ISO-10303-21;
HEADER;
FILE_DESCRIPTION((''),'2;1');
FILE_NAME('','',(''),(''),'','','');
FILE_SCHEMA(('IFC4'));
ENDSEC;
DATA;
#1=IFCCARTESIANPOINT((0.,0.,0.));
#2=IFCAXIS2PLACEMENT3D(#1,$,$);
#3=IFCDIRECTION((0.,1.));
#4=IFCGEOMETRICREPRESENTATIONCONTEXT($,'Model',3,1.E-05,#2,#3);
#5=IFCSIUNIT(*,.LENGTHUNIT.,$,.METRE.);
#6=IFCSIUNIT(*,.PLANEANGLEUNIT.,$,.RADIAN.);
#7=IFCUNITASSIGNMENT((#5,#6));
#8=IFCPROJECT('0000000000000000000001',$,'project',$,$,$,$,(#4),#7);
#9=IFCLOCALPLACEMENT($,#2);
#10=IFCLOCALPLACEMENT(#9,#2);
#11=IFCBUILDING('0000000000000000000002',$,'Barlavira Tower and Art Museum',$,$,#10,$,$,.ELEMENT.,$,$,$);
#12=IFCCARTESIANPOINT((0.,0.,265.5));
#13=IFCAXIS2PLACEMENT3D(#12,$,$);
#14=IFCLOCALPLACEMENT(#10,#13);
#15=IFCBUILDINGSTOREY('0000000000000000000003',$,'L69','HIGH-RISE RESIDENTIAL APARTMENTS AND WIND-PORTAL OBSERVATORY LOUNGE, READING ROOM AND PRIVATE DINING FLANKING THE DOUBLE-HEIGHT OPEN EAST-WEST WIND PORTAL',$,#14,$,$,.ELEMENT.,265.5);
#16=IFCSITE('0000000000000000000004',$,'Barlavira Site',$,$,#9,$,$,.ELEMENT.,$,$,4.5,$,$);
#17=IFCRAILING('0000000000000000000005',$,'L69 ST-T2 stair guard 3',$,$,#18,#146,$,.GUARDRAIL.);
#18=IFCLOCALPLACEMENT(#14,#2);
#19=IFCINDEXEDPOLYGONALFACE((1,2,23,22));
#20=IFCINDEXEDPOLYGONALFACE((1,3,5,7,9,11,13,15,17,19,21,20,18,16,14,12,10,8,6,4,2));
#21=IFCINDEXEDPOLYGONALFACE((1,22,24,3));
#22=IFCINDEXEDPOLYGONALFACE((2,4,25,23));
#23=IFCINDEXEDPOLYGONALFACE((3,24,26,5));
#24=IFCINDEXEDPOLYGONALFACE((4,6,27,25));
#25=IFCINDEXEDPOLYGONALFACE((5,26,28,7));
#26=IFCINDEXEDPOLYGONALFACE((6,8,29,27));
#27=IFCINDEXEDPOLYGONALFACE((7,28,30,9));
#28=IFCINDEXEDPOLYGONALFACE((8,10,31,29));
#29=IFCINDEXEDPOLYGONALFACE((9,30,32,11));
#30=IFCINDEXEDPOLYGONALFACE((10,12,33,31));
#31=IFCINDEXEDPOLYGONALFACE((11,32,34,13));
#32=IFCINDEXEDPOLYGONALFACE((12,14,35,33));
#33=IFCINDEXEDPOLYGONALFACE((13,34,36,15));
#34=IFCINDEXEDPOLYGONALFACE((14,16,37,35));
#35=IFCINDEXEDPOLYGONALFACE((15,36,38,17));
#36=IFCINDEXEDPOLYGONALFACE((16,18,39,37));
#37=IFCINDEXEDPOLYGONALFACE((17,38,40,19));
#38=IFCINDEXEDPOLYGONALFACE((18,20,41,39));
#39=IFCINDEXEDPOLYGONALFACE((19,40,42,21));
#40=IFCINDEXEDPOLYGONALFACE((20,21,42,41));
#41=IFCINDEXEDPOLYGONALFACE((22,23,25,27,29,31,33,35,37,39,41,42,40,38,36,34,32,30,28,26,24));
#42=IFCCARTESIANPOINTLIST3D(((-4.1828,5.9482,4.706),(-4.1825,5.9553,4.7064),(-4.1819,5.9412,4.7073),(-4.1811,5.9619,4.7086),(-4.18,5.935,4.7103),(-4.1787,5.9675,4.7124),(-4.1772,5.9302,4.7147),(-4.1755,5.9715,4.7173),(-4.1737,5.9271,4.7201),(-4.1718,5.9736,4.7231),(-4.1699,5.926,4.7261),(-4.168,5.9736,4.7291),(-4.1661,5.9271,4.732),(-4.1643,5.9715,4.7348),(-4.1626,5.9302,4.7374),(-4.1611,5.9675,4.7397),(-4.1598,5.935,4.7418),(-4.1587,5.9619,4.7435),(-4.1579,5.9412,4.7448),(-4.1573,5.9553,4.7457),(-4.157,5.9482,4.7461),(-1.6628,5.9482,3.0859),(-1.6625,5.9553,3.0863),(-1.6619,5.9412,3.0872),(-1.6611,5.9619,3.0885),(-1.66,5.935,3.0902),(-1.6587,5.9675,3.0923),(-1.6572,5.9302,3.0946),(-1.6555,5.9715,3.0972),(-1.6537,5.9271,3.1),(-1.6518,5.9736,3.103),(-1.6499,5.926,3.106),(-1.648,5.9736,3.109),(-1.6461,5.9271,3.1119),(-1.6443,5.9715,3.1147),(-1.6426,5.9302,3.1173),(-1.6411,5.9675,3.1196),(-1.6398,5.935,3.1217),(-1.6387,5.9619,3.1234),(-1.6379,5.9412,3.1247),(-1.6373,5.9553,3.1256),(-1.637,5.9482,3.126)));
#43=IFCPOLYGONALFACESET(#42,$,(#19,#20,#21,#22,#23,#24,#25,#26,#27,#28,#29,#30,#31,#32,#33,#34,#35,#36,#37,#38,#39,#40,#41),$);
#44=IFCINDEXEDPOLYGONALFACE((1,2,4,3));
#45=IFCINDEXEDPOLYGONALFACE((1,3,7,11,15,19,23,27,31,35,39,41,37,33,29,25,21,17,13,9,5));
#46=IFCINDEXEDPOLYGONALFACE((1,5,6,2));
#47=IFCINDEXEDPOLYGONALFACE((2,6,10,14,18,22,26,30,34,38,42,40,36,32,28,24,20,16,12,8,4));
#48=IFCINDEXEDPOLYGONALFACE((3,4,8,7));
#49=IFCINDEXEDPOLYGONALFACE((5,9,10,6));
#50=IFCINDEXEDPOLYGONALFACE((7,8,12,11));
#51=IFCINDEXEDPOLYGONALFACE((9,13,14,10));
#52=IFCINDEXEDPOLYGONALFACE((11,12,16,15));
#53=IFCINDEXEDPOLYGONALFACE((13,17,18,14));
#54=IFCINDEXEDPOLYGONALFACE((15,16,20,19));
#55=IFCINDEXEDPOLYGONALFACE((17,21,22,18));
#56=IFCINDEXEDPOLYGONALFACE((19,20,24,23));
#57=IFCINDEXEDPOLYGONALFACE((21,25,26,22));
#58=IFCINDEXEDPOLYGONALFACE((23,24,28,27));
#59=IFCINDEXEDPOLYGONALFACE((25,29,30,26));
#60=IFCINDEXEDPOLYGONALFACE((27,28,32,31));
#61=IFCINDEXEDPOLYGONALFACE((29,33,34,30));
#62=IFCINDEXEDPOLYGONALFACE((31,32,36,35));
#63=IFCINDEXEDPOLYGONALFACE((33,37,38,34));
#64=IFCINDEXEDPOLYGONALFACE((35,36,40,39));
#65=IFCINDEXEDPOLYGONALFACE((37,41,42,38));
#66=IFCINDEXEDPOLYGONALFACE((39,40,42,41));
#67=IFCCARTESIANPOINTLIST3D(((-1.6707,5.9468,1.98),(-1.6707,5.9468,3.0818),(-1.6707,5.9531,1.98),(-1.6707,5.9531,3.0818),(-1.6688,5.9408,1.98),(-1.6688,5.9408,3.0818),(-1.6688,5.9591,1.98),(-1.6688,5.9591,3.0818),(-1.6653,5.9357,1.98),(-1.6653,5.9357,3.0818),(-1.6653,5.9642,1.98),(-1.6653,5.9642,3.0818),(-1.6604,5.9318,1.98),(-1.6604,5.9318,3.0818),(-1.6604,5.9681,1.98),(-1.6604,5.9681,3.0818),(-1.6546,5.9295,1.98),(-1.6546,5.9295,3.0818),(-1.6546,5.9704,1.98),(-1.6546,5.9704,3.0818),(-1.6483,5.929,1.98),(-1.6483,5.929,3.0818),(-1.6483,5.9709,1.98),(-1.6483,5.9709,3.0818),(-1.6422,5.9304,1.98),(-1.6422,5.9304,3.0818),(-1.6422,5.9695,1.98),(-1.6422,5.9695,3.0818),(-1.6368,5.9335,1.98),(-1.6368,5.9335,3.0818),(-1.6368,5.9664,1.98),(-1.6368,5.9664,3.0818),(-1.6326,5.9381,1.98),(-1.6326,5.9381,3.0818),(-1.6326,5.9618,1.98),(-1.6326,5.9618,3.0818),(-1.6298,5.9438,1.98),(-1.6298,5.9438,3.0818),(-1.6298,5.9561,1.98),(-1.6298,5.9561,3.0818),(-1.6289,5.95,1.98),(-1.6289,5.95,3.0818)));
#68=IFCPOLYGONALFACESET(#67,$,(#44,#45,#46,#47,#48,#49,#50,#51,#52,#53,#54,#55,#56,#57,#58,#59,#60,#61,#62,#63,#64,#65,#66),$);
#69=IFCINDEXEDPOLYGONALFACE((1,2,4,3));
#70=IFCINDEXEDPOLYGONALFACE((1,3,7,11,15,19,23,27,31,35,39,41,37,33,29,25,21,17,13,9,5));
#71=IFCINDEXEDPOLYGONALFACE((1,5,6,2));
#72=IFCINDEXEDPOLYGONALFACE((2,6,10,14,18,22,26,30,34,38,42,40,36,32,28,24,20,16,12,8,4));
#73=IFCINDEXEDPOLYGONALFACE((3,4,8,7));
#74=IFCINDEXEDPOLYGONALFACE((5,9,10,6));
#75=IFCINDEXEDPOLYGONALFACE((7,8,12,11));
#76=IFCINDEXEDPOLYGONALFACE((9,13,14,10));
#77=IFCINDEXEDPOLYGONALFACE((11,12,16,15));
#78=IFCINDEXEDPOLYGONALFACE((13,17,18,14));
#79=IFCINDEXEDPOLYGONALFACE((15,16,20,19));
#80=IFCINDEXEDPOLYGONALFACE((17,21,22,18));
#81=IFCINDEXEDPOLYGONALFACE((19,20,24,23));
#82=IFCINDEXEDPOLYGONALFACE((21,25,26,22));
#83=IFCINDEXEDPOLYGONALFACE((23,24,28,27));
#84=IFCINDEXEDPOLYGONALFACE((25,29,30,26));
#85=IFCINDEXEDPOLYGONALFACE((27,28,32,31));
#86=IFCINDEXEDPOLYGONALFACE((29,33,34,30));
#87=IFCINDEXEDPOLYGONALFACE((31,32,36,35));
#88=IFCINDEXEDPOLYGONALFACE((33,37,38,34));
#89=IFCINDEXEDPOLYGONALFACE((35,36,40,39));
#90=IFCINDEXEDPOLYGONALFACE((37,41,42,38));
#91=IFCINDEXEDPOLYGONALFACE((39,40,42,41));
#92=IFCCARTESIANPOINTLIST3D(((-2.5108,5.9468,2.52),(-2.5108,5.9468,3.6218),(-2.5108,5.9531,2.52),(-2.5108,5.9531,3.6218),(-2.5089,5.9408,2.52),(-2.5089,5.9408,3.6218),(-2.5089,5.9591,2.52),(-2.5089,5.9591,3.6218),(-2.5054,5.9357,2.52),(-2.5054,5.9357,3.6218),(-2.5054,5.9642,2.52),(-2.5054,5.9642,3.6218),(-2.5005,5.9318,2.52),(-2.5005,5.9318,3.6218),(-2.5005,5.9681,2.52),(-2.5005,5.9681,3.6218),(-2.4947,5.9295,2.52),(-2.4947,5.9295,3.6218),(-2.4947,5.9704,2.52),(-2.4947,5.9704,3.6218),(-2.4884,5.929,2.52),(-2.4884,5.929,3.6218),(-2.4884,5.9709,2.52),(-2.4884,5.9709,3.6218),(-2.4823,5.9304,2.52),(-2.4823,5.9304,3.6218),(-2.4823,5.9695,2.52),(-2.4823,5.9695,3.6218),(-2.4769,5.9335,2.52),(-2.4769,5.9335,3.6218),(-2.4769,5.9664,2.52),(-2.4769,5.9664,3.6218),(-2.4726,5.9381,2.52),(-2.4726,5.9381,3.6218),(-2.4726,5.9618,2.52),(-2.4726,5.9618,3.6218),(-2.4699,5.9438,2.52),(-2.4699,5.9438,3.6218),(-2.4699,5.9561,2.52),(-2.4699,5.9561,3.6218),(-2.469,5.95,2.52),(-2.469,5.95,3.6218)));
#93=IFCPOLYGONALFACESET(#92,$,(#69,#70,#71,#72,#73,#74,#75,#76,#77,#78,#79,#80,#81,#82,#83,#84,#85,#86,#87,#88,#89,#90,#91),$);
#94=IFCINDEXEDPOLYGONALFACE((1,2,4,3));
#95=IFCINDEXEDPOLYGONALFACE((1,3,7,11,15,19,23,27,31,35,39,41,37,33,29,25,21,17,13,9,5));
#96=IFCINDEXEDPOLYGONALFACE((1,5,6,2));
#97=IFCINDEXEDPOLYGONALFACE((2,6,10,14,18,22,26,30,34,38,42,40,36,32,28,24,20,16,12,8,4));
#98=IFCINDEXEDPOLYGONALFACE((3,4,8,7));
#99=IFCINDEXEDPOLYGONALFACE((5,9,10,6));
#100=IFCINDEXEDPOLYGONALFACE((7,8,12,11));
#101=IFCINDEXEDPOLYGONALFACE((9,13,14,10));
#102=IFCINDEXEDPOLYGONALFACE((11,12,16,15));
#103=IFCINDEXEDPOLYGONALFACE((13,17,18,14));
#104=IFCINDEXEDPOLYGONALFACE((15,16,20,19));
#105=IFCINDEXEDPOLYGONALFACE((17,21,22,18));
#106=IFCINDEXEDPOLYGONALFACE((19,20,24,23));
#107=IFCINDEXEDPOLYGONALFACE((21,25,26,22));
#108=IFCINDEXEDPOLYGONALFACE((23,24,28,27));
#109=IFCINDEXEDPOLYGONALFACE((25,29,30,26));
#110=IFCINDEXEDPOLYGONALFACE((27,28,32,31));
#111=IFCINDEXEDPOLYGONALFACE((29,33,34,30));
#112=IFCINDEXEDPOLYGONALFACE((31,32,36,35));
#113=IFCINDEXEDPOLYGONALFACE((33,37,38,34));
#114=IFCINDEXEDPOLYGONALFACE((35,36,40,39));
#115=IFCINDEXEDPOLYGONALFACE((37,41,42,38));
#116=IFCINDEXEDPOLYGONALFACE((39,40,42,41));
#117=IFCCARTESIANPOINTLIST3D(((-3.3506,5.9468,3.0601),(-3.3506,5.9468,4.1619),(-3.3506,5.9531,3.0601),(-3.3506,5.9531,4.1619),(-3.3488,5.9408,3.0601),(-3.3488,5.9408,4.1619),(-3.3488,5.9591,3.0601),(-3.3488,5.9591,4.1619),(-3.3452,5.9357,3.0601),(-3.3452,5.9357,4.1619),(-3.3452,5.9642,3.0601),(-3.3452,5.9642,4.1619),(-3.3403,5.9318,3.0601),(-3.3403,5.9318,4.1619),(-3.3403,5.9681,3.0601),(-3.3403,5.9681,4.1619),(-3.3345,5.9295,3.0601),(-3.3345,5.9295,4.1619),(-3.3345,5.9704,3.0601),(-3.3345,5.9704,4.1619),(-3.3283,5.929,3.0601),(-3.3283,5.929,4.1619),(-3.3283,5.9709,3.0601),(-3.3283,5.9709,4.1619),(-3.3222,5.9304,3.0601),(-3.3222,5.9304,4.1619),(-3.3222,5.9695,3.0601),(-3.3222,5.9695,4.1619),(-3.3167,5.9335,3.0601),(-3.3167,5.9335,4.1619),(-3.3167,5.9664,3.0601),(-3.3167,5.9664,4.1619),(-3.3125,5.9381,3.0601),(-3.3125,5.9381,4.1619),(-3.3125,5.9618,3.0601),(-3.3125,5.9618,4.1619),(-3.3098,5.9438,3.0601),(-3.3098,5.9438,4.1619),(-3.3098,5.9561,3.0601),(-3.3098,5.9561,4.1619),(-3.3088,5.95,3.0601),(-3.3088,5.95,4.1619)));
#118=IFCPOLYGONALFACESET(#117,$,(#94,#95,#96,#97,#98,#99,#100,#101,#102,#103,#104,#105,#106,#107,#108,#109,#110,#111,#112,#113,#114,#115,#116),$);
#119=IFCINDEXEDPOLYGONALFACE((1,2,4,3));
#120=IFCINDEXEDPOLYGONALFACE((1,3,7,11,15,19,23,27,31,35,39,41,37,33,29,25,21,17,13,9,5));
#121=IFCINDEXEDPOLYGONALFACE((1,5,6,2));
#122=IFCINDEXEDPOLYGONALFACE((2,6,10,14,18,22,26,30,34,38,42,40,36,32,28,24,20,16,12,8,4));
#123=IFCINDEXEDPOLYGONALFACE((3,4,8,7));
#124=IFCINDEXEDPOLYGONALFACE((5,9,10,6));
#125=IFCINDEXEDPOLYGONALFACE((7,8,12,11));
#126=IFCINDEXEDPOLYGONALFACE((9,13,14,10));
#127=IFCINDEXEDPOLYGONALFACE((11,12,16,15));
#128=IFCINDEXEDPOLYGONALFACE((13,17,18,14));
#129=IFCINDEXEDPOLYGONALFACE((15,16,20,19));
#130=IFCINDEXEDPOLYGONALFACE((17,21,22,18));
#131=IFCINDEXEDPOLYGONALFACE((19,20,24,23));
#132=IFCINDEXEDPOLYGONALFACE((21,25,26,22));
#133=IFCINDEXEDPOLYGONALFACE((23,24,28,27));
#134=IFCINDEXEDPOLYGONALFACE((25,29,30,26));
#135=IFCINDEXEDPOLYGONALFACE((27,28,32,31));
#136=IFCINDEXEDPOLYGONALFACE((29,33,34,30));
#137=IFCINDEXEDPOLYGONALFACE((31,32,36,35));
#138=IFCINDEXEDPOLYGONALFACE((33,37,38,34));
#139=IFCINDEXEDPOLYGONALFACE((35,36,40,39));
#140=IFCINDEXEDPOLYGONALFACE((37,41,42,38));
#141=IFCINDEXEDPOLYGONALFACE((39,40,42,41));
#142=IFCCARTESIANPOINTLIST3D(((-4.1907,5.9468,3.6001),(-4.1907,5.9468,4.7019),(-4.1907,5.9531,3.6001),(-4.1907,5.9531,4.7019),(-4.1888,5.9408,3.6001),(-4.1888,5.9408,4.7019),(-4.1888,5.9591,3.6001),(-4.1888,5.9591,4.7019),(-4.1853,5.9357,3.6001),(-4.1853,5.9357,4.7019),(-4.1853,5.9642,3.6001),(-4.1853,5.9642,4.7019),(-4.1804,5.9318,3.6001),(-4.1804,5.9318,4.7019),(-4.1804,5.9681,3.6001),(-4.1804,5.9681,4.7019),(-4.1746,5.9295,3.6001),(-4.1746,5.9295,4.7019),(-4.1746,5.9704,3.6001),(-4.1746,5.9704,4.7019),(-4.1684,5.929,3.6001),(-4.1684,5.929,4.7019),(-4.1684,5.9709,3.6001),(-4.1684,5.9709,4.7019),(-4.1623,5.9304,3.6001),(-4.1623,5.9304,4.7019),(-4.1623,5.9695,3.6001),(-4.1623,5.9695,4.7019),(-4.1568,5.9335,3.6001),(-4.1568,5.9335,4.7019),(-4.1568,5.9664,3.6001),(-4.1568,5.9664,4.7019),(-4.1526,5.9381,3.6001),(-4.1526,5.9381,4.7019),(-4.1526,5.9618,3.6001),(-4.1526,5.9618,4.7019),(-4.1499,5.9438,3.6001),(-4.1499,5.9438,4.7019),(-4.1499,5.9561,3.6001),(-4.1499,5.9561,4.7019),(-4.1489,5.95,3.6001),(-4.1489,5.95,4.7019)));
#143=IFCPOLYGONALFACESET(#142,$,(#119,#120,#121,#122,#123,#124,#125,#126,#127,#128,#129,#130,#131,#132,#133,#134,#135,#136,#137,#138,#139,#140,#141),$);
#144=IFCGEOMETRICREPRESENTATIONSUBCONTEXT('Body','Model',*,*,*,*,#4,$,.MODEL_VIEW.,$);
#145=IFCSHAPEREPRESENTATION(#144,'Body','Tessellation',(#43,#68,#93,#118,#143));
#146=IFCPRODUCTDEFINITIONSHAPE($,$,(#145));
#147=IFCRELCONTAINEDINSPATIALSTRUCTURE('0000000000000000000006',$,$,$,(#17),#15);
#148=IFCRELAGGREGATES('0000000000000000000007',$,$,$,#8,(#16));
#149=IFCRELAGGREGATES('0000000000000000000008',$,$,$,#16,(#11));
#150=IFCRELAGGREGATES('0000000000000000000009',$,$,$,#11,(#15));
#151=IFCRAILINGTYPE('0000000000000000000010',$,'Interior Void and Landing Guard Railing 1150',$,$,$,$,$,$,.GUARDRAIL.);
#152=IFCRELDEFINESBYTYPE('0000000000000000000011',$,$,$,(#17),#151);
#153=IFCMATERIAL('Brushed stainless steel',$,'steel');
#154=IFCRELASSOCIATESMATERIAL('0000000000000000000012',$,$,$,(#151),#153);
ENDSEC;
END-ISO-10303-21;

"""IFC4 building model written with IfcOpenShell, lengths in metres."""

from ifc_helpers import new_model, si_unit, direction, frame, origin, origin_2d, place, context, subcontext, project, spatial, circle, extrude, material, type_object, element, save


model = new_model("IFC4")

# Units and contexts
model_context = context("Model", 3, precision=1e-05, world=origin(), true_north=direction((0.0, 1.0)))
body_context = subcontext(model_context, "Body", "Model", "MODEL_VIEW")
ifc_project = project(units=[si_unit("LENGTHUNIT", "METRE"), si_unit("PLANEANGLEUNIT", "RADIAN")], contexts=[model_context])

# Site, building, storey
site_placement = place(None, origin())
site = spatial("IfcSite", under=ifc_project, at=site_placement, Name="Barlavira Site", CompositionType="ELEMENT", RefElevation=4.5)
building_placement = place(site_placement, origin())
building = spatial("IfcBuilding", under=site, at=building_placement, Name="Barlavira Tower and Art Museum", CompositionType="ELEMENT")
storey_placement = place(building_placement, frame((0.0, 0.0, 265.5)))
storey = spatial("IfcBuildingStorey", under=building, at=storey_placement, Name="L69", Description="HIGH-RISE RESIDENTIAL APARTMENTS AND WIND-PORTAL OBSERVATORY LOUNGE, READING ROOM AND PRIVATE DINING FLANKING THE DOUBLE-HEIGHT OPEN EAST-WEST WIND PORTAL", CompositionType="ELEMENT", Elevation=265.5)

# Shared definitions
ifc_material_1 = material(Name="Brushed stainless steel", Category="steel")

# Railing
railing_type_1 = type_object("IfcRailingType", Name="Interior Void and Landing Guard Railing 1150", PredefinedType="GUARDRAIL", material=ifc_material_1)
railing_1_placement = place(storey_placement, frame((-1.6499, 5.95, 1.98)))
element("IfcRailing", 1, at=railing_1_placement, inside=storey, type_object=railing_type_1, Name="L69 ST-T2 stair guard 3", PredefinedType="GUARDRAIL", context=body_context, shape_type="SweptSolid", body=[
    extrude(circle(Radius=0.0239, at=origin_2d()), frame((0.0, 0.0, 1.126), z_axis=(-0.841163, 0.0, 0.540782), x_axis=(0.0, -1.0, 0.0)), (0.0, 0.0, 1.0), 2.9958),
    extrude(circle(Radius=0.021, at=origin_2d()), origin(), (0.0, 0.0, 1.0), 1.1018),
    extrude(circle(Radius=0.021, at=origin_2d()), frame((-0.8401, 0.0, 0.54)), (0.0, 0.0, 1.0), 1.1018),
    extrude(circle(Radius=0.021, at=origin_2d()), frame((-1.6799, 0.0, 1.0801)), (0.0, 0.0, 1.0), 1.1018),
    extrude(circle(Radius=0.021, at=origin_2d()), frame((-2.52, 0.0, 1.6201)), (0.0, 0.0, 1.0), 1.1018),
])

save(model, "model.ifc")
